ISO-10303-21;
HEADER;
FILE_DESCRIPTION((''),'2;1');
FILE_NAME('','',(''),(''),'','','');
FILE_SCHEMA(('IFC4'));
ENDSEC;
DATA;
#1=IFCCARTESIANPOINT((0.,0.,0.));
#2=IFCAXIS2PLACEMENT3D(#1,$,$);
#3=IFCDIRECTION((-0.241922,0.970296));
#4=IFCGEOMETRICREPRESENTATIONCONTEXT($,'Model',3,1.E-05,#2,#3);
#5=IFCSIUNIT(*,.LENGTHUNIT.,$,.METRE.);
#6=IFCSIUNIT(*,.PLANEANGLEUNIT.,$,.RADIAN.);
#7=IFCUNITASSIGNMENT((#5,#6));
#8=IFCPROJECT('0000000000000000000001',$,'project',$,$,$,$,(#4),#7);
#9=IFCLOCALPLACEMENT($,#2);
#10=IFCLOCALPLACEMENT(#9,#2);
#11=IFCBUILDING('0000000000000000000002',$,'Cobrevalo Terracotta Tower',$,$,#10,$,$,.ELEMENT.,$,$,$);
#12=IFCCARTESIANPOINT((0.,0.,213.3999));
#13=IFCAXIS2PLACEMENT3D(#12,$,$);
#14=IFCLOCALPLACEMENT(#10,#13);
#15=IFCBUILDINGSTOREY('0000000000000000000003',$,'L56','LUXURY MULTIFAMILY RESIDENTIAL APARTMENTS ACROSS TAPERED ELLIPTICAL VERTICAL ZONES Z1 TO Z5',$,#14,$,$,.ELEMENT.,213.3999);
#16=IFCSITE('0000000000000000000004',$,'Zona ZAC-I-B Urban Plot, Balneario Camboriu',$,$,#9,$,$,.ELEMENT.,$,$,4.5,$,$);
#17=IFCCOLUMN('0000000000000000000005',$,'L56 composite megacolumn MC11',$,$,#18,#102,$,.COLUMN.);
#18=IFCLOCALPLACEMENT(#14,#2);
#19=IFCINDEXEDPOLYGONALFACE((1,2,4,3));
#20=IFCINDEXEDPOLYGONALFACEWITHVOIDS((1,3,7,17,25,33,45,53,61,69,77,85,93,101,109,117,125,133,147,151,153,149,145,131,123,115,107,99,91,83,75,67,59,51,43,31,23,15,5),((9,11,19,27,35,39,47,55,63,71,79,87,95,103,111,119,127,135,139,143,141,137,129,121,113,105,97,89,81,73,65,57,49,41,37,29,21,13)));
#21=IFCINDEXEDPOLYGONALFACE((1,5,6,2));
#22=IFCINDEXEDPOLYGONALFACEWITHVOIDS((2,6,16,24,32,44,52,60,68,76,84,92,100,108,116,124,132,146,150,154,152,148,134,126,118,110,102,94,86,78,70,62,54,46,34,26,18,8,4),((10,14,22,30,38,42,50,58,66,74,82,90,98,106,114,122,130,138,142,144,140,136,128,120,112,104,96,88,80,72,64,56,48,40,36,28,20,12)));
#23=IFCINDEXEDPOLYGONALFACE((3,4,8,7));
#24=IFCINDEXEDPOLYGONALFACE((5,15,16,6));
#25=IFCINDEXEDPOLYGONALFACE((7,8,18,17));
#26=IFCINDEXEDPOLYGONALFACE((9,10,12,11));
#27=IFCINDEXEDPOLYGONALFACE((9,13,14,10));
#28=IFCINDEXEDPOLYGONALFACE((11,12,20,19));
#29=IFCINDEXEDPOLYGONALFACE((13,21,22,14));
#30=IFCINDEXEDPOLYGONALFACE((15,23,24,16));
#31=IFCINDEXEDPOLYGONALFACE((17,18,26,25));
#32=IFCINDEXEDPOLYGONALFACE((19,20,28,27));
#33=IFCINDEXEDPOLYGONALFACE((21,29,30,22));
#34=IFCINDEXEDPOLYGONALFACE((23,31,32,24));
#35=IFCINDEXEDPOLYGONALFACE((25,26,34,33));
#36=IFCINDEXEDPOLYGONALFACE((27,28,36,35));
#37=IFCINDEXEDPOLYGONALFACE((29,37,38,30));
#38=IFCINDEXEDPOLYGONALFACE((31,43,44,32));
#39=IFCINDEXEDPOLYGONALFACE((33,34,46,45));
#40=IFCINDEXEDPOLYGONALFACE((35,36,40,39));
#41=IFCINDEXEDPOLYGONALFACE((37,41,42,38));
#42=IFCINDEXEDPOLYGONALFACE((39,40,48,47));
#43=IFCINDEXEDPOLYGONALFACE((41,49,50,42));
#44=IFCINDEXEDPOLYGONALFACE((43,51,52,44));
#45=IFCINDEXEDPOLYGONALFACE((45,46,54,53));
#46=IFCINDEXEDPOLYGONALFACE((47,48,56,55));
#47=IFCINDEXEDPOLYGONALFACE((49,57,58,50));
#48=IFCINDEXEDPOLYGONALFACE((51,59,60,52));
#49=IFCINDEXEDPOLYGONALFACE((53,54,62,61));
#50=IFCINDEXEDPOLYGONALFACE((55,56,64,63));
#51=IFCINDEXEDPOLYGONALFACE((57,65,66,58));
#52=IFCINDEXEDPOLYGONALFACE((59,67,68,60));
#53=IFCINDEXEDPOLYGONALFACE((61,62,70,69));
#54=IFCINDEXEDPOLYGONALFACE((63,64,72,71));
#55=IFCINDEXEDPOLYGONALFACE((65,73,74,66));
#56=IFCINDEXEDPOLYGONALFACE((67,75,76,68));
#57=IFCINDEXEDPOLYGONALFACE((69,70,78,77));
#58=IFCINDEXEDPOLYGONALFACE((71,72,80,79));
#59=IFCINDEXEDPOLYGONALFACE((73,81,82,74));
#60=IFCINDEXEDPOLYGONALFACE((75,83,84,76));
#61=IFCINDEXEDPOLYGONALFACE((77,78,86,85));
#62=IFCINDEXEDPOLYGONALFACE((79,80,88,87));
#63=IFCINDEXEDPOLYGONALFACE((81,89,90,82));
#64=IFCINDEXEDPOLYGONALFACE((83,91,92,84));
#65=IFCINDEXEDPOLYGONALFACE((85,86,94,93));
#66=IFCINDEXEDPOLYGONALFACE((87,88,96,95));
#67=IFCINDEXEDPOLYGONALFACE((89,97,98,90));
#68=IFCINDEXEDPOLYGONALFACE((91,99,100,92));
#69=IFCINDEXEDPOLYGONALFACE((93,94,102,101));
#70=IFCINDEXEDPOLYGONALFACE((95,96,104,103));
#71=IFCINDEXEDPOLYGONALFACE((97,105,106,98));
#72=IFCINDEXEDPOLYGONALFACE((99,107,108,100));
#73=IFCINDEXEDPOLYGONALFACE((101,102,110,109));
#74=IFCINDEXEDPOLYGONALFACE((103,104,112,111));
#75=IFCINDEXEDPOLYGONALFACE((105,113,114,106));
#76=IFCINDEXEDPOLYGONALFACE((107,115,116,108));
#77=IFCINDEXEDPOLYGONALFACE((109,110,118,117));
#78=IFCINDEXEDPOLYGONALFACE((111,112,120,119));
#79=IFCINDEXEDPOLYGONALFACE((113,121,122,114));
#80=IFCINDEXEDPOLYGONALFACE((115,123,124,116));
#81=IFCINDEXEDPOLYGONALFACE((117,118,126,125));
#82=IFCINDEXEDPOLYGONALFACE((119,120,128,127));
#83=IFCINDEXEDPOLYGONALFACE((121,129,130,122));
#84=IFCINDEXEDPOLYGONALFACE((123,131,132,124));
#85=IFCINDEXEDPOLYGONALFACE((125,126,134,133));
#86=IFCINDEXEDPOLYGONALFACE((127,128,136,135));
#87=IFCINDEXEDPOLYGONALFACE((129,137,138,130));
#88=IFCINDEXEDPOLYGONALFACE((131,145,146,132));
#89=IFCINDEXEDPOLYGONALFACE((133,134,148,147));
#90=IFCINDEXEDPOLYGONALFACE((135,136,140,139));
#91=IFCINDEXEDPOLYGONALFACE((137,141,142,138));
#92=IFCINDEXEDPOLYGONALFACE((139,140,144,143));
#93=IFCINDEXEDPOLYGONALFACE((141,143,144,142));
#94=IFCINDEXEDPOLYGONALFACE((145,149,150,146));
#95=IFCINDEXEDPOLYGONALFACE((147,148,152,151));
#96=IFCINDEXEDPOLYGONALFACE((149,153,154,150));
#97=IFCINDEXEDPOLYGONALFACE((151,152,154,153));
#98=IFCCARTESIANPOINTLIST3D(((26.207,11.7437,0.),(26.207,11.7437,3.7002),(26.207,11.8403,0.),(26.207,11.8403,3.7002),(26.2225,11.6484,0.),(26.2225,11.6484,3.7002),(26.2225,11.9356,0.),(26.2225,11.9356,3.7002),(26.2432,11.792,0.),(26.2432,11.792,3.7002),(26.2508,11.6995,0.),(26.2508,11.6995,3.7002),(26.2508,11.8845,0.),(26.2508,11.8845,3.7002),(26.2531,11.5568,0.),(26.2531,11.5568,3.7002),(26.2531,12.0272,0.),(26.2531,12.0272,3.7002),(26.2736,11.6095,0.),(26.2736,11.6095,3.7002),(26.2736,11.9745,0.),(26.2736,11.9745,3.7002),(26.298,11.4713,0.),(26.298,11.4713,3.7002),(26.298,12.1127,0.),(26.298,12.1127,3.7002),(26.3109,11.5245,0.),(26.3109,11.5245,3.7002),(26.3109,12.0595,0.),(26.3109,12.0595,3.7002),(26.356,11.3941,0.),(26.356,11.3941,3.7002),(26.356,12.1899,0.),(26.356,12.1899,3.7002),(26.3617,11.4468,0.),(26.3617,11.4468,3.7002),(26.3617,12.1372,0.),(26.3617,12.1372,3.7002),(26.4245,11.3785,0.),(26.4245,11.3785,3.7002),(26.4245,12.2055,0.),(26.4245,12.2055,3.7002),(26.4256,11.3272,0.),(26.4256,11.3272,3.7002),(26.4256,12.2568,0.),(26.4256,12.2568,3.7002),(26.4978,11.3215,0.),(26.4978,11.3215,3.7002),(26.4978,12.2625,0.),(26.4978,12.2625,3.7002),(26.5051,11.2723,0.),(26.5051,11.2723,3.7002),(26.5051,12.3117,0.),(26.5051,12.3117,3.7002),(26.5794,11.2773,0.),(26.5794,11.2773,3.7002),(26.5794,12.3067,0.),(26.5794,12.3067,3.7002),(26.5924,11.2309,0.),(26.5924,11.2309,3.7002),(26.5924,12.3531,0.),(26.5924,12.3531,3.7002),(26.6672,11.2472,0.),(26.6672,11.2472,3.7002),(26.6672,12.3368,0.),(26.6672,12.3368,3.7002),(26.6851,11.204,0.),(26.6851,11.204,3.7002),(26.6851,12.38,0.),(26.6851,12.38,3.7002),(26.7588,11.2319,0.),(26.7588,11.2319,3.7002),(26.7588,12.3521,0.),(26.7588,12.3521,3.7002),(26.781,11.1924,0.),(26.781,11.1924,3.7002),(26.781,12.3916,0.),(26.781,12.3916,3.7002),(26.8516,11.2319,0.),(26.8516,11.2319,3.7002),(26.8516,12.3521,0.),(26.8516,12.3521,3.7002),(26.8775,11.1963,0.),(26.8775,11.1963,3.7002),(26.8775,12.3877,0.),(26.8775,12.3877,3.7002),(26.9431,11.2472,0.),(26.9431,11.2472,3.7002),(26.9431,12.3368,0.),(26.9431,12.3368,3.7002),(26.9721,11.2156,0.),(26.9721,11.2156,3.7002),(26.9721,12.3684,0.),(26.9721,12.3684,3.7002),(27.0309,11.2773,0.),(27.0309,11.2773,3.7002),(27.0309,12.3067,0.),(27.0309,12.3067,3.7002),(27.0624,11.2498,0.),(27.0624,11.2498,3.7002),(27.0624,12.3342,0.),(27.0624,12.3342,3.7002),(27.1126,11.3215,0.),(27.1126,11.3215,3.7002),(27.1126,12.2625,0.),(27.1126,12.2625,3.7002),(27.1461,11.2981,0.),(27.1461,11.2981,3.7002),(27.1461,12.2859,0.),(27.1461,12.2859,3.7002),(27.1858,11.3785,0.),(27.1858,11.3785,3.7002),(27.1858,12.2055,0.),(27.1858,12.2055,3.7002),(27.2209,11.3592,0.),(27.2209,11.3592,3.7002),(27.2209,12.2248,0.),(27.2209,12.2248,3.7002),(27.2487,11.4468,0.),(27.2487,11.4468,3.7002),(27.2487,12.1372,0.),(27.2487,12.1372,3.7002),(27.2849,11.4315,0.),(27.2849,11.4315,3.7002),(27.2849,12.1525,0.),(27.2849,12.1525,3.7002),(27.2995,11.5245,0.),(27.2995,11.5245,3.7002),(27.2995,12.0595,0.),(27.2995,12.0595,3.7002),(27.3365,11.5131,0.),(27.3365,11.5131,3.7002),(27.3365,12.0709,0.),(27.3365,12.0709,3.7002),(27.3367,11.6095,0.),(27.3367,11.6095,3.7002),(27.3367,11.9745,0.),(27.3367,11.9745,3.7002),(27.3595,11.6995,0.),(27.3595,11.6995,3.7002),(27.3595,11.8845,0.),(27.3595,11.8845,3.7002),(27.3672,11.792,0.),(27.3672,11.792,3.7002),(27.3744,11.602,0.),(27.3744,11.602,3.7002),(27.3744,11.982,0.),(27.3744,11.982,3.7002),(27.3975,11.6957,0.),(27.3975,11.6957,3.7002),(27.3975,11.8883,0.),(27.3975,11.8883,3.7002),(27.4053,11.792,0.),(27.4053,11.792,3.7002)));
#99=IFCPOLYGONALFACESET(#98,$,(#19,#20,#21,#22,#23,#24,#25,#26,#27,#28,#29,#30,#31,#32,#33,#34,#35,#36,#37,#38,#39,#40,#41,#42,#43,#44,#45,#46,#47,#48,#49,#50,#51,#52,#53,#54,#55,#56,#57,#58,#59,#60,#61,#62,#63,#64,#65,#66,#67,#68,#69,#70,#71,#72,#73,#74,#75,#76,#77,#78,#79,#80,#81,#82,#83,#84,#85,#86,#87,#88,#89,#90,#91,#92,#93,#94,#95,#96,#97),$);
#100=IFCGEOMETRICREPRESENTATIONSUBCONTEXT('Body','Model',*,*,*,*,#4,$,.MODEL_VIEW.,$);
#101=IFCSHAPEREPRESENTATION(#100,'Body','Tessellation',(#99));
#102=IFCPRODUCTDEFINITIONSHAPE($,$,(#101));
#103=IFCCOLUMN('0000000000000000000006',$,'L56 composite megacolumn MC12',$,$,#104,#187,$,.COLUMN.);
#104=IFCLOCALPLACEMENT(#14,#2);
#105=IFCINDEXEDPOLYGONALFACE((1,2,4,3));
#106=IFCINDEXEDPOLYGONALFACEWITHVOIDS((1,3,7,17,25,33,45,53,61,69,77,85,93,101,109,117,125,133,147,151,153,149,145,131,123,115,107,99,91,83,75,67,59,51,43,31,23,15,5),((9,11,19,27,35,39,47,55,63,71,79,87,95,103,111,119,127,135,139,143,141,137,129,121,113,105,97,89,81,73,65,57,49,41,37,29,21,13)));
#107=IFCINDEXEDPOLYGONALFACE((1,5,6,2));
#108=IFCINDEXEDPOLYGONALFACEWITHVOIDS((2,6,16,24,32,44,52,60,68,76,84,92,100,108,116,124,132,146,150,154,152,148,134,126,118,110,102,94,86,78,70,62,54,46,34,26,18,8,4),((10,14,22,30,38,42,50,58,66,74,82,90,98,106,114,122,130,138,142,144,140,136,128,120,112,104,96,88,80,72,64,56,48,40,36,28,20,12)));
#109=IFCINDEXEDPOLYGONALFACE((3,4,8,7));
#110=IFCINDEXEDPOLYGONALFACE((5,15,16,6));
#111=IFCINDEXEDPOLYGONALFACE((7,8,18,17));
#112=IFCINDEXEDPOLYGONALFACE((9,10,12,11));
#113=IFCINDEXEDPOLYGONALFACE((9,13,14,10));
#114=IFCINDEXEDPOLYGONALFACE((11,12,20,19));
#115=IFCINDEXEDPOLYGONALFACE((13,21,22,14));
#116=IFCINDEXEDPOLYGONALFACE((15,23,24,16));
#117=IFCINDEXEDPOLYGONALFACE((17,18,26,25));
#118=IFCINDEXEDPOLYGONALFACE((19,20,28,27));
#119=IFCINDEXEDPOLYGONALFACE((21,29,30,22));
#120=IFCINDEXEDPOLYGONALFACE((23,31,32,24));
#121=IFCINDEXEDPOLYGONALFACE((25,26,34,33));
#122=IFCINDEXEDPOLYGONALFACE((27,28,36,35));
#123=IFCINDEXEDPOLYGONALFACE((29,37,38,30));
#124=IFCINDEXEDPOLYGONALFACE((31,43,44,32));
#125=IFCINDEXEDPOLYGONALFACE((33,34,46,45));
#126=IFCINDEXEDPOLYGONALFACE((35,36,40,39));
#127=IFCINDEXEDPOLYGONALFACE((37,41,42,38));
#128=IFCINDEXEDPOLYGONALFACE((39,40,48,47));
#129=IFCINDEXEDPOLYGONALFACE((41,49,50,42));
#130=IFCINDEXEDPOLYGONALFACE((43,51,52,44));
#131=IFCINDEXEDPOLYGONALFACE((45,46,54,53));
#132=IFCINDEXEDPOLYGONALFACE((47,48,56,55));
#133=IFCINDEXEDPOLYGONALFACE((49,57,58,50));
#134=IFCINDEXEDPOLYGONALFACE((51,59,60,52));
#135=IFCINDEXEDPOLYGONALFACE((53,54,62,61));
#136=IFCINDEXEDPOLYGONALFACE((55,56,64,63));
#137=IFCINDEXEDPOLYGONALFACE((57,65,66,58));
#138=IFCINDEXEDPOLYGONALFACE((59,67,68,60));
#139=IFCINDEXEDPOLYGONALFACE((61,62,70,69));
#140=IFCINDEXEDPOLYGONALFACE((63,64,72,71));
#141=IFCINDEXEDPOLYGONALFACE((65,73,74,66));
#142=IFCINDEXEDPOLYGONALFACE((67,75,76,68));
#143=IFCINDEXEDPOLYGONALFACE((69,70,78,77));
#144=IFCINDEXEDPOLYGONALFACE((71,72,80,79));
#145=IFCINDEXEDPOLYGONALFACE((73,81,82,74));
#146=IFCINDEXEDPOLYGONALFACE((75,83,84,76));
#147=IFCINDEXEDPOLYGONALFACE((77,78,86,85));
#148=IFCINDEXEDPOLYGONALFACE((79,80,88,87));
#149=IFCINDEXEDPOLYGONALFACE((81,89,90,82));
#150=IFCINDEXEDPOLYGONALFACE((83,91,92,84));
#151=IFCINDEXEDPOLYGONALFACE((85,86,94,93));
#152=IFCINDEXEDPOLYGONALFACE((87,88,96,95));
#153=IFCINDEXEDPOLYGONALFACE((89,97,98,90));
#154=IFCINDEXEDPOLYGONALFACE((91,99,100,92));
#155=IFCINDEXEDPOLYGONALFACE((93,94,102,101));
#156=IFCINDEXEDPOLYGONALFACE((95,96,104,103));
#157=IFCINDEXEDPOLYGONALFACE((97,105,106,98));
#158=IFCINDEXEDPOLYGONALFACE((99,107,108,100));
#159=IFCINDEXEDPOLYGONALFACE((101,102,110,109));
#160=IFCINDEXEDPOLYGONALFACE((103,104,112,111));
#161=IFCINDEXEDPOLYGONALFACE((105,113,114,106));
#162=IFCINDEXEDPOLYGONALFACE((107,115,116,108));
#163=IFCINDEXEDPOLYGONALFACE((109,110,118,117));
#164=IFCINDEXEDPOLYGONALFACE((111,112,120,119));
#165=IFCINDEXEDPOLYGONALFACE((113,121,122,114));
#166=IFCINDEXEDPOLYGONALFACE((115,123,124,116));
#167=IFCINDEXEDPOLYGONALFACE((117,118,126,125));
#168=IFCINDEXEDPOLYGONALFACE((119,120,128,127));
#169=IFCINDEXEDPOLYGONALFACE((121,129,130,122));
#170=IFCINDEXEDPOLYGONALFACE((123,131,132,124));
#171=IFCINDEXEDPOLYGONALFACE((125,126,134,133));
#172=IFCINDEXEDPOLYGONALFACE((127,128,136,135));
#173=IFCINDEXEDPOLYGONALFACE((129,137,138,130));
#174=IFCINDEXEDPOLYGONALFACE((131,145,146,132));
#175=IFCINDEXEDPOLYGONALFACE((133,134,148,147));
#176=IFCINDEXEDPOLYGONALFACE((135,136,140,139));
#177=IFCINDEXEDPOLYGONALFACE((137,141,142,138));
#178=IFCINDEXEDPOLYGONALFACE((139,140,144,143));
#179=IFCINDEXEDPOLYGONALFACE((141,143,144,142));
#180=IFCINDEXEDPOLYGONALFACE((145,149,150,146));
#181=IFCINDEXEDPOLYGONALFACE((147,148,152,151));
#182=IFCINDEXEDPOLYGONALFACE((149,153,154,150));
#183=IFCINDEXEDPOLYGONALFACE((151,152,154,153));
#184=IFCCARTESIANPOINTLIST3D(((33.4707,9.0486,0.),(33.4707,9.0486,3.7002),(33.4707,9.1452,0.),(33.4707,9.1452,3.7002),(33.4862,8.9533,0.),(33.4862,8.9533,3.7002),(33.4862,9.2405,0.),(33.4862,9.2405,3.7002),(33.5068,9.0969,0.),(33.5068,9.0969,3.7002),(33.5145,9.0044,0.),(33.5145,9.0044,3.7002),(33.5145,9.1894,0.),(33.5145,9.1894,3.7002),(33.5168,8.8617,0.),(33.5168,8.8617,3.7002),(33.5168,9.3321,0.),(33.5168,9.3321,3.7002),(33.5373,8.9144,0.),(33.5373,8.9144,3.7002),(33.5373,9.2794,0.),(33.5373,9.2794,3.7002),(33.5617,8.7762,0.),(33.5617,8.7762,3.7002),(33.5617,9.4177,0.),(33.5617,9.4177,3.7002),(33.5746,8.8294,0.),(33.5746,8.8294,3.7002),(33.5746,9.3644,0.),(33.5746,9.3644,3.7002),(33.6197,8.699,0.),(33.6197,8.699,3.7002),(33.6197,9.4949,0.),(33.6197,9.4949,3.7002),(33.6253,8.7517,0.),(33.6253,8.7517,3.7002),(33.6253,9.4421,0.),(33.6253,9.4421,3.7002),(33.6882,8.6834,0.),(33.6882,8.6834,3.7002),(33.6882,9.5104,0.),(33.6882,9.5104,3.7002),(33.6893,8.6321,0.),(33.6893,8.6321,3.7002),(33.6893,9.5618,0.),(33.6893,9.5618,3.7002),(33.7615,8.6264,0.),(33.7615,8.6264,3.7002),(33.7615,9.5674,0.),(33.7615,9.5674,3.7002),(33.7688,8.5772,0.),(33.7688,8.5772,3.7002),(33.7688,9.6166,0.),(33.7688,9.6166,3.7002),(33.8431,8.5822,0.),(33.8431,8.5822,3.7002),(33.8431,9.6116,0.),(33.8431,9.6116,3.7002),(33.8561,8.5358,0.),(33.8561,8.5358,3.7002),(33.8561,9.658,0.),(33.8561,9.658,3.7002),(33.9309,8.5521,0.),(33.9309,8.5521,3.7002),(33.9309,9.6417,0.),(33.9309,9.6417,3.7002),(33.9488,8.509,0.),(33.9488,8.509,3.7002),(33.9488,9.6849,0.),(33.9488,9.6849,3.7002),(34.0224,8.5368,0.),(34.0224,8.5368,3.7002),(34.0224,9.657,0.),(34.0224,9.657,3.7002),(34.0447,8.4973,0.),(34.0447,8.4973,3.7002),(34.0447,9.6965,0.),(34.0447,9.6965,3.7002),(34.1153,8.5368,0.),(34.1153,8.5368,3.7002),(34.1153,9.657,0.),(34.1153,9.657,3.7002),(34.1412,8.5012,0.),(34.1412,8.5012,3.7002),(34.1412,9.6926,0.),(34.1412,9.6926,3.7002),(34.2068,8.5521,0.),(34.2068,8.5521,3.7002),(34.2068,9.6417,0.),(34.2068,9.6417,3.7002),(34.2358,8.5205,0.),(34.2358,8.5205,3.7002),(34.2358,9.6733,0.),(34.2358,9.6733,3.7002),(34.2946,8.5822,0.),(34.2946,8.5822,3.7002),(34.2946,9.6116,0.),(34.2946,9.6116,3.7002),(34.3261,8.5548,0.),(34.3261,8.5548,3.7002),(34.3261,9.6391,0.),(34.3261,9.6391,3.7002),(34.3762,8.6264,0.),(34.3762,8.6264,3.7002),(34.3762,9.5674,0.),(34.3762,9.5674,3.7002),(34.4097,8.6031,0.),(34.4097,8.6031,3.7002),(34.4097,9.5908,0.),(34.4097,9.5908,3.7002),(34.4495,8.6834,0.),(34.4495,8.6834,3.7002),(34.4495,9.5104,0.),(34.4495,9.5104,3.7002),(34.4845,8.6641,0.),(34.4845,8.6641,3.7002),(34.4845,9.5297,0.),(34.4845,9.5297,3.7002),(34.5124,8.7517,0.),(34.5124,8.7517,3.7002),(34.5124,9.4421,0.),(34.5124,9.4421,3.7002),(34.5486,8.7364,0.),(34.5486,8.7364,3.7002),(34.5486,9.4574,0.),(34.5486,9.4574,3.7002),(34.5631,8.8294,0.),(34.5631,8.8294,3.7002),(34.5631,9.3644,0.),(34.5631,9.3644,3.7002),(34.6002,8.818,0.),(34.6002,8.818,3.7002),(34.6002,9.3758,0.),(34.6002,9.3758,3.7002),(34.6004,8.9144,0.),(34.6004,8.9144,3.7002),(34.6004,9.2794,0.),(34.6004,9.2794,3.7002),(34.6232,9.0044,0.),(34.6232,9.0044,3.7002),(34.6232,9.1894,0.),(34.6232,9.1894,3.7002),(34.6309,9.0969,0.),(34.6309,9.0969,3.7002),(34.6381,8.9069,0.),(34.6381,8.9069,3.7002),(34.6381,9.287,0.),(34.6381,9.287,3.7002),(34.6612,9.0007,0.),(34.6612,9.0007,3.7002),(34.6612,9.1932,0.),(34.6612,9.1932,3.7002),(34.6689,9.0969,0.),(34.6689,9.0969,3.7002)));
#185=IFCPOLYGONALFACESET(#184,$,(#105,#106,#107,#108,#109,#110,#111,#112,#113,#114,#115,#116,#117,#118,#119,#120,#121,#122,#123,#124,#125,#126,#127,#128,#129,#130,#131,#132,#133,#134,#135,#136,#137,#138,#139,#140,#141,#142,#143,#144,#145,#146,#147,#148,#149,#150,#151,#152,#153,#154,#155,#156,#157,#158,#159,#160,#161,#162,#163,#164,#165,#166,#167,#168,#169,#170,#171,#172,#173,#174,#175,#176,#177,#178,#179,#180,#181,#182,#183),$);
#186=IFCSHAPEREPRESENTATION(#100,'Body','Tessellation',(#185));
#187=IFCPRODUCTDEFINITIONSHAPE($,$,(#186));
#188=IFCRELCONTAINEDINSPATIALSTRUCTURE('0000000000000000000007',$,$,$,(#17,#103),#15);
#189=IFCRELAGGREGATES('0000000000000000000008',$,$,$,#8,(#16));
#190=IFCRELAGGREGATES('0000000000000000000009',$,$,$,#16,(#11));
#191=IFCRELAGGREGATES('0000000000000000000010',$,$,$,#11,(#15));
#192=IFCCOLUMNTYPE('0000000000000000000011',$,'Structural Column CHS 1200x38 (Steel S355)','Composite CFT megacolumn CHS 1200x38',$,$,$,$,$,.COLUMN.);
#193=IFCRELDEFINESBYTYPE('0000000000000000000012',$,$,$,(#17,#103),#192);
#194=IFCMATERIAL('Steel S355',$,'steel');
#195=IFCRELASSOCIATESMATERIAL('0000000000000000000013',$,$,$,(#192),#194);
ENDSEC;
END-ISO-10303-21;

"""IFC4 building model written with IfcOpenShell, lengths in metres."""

from ifc_helpers import new_model, si_unit, direction, frame, origin, origin_2d, place, context, subcontext, project, spatial, hollow_circle, extrude, material, material_profile, profile_set, type_object, element, save


model = new_model("IFC4")

# Units and contexts
model_context = context("Model", 3, precision=1e-05, world=origin(), true_north=direction((-0.241922, 0.970296)))
body_context = subcontext(model_context, "Body", "Model", "MODEL_VIEW")
ifc_project = project(units=[si_unit("LENGTHUNIT", "METRE"), si_unit("PLANEANGLEUNIT", "RADIAN")], contexts=[model_context])

# Site, building, storey
site_placement = place(None, origin())
site = spatial("IfcSite", under=ifc_project, at=site_placement, Name="Zona ZAC-I-B Urban Plot, Balneario Camboriu", CompositionType="ELEMENT", RefElevation=4.5)
building_placement = place(site_placement, origin())
building = spatial("IfcBuilding", under=site, at=building_placement, Name="Cobrevalo Terracotta Tower", CompositionType="ELEMENT")
storey_placement = place(building_placement, frame((0.0, 0.0, 213.3999)))
storey = spatial("IfcBuildingStorey", under=building, at=storey_placement, Name="L56", Description="LUXURY MULTIFAMILY RESIDENTIAL APARTMENTS ACROSS TAPERED ELLIPTICAL VERTICAL ZONES Z1 TO Z5", CompositionType="ELEMENT", Elevation=213.3999)

# Columns
ifc_material_1 = material(Name="Steel S355", Category="steel")
ifc_material_profile_1 = material_profile(ifc_material_1, hollow_circle(Radius=0.6001, WallThickness=0.0381, at=origin_2d()), Name="CHS 1200x38")
ifc_profile_set_1 = profile_set([ifc_material_profile_1], Name="Steel S355")
column_type = type_object("IfcColumnType", Name="Structural Column CHS 1200x38 (Steel S355)", Description="Composite CFT megacolumn CHS 1200x38", PredefinedType="COLUMN", material=ifc_profile_set_1)
for number, where, z_axis, x_axis, name in (
    (1, (26.8052, 11.792, 0.0), (0.0, 0.0, 1.0), (1.0, 0.0, 0.0), "L56 composite megacolumn MC11"),
    (2, (34.0688, 9.0969, 0.0), (0.0, 0.0, 1.0), (1.0, 0.0, 0.0), "L56 composite megacolumn MC12"),
):
    element("IfcColumn", number, at=place(storey_placement, frame(where, z_axis=z_axis, x_axis=x_axis)), inside=storey, type_object=column_type, Name=name, PredefinedType="COLUMN", context=body_context, shape_type="SweptSolid", body=[
        extrude(hollow_circle(Radius=0.6001, WallThickness=0.0381, at=origin_2d()), origin(), (0.0, 0.0, 1.0), 3.7002),
    ])

save(model, "model.ifc")
